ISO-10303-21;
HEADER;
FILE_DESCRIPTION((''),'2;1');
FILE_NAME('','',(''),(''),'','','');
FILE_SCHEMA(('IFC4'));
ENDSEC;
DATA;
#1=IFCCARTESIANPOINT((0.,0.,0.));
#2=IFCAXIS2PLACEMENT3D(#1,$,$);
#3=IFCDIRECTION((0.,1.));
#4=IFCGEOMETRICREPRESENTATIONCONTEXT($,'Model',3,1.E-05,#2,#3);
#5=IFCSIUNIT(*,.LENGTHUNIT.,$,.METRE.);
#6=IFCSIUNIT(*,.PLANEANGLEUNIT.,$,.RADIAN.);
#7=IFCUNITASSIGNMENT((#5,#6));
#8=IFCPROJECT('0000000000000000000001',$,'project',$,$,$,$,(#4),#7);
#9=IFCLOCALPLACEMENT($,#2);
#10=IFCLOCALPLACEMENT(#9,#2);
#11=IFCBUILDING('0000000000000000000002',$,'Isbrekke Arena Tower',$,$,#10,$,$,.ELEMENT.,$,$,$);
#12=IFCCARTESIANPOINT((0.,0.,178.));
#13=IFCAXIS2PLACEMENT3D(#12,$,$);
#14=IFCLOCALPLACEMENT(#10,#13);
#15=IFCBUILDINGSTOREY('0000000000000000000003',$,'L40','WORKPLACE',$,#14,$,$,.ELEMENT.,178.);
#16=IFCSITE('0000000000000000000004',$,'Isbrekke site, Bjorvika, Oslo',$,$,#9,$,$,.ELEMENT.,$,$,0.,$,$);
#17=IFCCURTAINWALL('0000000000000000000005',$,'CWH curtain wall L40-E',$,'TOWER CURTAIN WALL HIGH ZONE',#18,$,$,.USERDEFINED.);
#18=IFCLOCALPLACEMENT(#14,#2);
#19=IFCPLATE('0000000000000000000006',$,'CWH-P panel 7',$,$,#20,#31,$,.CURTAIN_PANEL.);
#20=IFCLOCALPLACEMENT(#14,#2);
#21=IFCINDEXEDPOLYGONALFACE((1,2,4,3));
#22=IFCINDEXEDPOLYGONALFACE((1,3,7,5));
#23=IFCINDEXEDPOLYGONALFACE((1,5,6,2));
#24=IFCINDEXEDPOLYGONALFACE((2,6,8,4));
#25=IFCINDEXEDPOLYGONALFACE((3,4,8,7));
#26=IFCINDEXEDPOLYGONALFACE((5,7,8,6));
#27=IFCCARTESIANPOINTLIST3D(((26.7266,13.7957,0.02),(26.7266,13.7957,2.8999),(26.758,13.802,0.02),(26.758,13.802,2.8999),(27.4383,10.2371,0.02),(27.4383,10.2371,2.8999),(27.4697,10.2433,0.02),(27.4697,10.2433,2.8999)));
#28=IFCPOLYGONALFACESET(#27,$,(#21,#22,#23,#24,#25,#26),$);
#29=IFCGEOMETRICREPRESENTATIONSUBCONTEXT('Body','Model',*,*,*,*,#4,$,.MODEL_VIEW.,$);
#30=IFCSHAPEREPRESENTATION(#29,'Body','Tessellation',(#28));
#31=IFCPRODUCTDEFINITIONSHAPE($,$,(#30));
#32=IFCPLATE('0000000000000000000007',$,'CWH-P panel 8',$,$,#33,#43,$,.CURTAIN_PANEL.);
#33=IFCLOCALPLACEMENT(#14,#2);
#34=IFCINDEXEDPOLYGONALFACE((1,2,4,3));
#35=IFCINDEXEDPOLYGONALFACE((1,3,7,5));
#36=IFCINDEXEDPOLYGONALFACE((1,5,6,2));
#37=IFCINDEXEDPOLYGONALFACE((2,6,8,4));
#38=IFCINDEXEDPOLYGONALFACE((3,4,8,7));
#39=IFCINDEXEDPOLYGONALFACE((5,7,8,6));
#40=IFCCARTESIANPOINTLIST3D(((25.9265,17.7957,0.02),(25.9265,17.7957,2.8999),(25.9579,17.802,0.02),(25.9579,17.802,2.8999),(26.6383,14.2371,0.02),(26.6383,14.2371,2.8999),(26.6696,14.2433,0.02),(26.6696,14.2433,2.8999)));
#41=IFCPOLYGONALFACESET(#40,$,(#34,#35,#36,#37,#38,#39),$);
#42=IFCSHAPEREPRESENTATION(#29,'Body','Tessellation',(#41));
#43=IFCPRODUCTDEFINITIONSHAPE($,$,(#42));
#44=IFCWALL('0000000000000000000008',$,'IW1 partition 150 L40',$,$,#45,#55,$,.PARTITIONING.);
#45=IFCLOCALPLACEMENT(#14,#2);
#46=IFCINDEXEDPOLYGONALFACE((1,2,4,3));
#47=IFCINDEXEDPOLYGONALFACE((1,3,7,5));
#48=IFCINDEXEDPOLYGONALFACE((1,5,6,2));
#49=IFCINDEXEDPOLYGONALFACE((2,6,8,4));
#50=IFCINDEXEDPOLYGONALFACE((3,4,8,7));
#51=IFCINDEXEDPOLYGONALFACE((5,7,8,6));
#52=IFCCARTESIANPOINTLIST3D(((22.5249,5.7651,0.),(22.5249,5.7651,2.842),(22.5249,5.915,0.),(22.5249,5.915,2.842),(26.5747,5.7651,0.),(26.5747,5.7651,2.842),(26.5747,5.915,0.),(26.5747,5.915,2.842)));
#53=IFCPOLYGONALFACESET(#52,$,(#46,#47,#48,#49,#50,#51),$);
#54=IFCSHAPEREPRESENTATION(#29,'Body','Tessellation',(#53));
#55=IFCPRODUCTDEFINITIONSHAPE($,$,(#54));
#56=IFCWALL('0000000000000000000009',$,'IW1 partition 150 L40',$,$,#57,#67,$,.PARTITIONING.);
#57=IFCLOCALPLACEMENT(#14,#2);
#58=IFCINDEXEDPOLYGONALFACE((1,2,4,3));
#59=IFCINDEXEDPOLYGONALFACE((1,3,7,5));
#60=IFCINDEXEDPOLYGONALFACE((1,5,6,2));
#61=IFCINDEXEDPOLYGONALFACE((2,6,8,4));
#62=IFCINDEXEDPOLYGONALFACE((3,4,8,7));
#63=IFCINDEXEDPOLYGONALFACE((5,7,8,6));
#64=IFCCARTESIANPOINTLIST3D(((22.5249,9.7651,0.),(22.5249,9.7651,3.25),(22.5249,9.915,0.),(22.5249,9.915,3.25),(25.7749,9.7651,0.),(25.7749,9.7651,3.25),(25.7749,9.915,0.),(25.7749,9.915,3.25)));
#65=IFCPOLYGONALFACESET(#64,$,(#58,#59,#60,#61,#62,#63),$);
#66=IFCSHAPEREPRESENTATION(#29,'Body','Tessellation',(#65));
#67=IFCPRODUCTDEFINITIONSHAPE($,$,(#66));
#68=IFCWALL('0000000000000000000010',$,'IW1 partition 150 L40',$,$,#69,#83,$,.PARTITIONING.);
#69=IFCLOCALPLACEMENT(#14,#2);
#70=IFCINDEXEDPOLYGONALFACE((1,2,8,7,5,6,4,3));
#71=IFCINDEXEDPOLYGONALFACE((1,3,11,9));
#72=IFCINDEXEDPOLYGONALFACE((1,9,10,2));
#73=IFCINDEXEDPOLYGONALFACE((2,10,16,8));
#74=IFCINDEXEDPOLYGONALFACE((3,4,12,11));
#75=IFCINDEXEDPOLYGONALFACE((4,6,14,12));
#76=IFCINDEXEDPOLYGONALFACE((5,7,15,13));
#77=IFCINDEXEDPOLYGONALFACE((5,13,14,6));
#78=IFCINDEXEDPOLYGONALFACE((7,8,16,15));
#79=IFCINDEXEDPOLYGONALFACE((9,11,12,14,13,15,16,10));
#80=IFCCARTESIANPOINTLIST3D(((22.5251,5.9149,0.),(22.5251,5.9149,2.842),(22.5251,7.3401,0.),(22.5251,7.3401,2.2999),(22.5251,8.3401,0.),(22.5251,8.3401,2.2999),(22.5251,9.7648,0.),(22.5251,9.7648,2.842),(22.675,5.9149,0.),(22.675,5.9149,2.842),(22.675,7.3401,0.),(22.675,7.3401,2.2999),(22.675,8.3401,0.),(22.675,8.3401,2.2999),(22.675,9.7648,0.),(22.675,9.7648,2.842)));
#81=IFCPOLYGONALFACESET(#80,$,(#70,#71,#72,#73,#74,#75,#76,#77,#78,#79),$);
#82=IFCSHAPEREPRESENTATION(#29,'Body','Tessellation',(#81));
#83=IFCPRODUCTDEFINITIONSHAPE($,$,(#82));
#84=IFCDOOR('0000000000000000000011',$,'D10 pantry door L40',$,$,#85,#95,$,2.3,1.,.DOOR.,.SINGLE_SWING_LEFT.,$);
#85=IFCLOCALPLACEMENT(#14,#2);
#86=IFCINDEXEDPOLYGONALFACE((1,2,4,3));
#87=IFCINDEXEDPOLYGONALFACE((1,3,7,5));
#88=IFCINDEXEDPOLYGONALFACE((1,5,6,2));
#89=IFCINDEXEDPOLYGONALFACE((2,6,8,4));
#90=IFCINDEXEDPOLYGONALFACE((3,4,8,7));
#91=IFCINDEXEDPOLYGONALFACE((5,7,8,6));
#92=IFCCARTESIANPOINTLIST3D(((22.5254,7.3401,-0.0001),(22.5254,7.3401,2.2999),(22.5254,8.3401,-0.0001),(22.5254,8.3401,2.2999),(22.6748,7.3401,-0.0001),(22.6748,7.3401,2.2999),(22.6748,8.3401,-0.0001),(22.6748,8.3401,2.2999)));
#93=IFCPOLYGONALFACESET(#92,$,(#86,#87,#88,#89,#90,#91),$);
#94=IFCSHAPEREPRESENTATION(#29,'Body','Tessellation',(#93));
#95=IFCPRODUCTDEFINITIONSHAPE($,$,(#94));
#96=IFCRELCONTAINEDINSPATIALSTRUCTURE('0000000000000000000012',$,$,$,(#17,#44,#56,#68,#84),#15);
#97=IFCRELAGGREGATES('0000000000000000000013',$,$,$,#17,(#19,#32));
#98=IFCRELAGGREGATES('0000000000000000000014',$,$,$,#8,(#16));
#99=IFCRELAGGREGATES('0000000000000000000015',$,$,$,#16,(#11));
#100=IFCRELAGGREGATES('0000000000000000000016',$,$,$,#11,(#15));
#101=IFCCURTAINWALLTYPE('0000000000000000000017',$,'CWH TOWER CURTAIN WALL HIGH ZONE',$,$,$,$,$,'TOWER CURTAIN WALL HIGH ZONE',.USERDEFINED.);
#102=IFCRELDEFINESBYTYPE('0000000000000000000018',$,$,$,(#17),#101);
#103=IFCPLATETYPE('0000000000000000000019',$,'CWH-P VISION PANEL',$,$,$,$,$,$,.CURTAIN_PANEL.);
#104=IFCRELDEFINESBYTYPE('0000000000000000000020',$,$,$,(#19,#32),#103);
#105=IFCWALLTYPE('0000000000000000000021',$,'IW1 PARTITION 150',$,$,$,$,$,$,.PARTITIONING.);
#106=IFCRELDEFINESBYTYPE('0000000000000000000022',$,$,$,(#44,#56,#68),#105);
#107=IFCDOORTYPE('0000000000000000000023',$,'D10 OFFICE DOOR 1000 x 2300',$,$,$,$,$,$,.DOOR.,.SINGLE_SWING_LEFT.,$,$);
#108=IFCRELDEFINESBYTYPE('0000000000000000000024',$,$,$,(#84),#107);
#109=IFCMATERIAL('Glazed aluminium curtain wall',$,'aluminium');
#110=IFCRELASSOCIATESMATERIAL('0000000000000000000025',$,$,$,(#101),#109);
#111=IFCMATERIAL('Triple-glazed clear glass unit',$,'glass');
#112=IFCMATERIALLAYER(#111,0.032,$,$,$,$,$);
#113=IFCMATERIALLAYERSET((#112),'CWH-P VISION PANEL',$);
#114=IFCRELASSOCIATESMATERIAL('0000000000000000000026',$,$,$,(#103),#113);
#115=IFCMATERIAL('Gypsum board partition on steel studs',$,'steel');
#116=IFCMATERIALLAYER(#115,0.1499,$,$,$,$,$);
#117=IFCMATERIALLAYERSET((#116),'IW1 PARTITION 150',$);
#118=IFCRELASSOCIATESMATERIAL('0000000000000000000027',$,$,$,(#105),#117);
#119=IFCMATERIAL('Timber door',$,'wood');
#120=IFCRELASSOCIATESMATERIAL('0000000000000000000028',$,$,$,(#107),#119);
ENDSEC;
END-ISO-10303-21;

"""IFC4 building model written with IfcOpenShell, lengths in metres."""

from ifc_helpers import new_model, si_unit, direction, frame, frame_2d, origin, origin_2d, place, context, subcontext, project, spatial, rectangle, extrude, material, layer, layer_set, type_object, element, fill, aggregate, save


model = new_model("IFC4")

# Units and contexts
model_context = context("Model", 3, precision=1e-05, world=origin(), true_north=direction((0.0, 1.0)))
body_context = subcontext(model_context, "Body", "Model", "MODEL_VIEW")
ifc_project = project(units=[si_unit("LENGTHUNIT", "METRE"), si_unit("PLANEANGLEUNIT", "RADIAN")], contexts=[model_context])

# Site, building, storey
site_placement = place(None, origin())
site = spatial("IfcSite", under=ifc_project, at=site_placement, Name="Isbrekke site, Bjorvika, Oslo", CompositionType="ELEMENT", RefElevation=0.0)
building_placement = place(site_placement, origin())
building = spatial("IfcBuilding", under=site, at=building_placement, Name="Isbrekke Arena Tower", CompositionType="ELEMENT")
storey_placement = place(building_placement, frame((0.0, 0.0, 178.0)))
storey = spatial("IfcBuildingStorey", under=building, at=storey_placement, Name="L40", Description="WORKPLACE", CompositionType="ELEMENT", Elevation=178.0)

# Curtain wall
ifc_material_1 = material(Name="Glazed aluminium curtain wall", Category="aluminium")
curtain_wall_type = type_object("IfcCurtainWallType", Name="CWH TOWER CURTAIN WALL HIGH ZONE", ElementType="TOWER CURTAIN WALL HIGH ZONE", PredefinedType="USERDEFINED", material=ifc_material_1)
curtain_wall_placement = place(storey_placement, origin())
curtain_wall = element("IfcCurtainWall", 1, at=curtain_wall_placement, inside=storey, type_object=curtain_wall_type, Name="CWH curtain wall L40-E", ObjectType="TOWER CURTAIN WALL HIGH ZONE", PredefinedType="USERDEFINED")

# Plates
ifc_material_2 = material(Name="Triple-glazed clear glass unit", Category="glass")
ifc_layer_1 = layer(ifc_material_2, 0.032)
ifc_layer_set_1 = layer_set([ifc_layer_1], Name="CWH-P VISION PANEL")
plate_type = type_object("IfcPlateType", Name="CWH-P VISION PANEL", PredefinedType="CURTAIN_PANEL", material=ifc_layer_set_1)
plate_1_placement = place(storey_placement, frame((27.0981, 12.0195, 0.02), z_axis=(0.0, 0.0, 1.0), x_axis=(-0.196116, 0.980581, 0.0)))
plate_1 = element("IfcPlate", 2, at=plate_1_placement, type_object=plate_type, Name="CWH-P panel 7", PredefinedType="CURTAIN_PANEL", context=body_context, shape_type="SweptSolid", body=[
    extrude(rectangle(XDim=3.6292, YDim=0.032, at=origin_2d()), origin(), (0.0, 0.0, 1.0), 2.8799),
])
plate_2_placement = place(storey_placement, frame((26.2981, 16.0195, 0.02), z_axis=(0.0, 0.0, 1.0), x_axis=(-0.196116, 0.980581, 0.0)))
plate_2 = element("IfcPlate", 3, at=plate_2_placement, type_object=plate_type, Name="CWH-P panel 8", PredefinedType="CURTAIN_PANEL", context=body_context, shape_type="SweptSolid", body=[
    extrude(rectangle(XDim=3.6292, YDim=0.032, at=origin_2d()), origin(), (0.0, 0.0, 1.0), 2.8799),
])
aggregate(curtain_wall, [plate_1, plate_2])

# Walls
ifc_material_3 = material(Name="Gypsum board partition on steel studs", Category="steel")
ifc_layer_2 = layer(ifc_material_3, 0.1499)
ifc_layer_set_2 = layer_set([ifc_layer_2], Name="IW1 PARTITION 150")
wall_type = type_object("IfcWallType", Name="IW1 PARTITION 150", PredefinedType="PARTITIONING", material=ifc_layer_set_2)
wall_1_placement = place(storey_placement, frame((22.5249, 5.8401, 0.0), z_axis=(0.0, 0.0, 1.0), x_axis=(1.0, 0.0, 0.0)))
element("IfcWall", 4, at=wall_1_placement, inside=storey, type_object=wall_type, Name="IW1 partition 150 L40", PredefinedType="PARTITIONING", context=body_context, shape_type="SweptSolid", body=[
    extrude(rectangle(XDim=4.0498, YDim=0.1499, at=frame_2d((2.0249, 0.0))), origin(), (0.0, 0.0, 1.0), 2.842),
])
wall_2_placement = place(storey_placement, frame((22.5249, 9.8401, 0.0), z_axis=(0.0, 0.0, 1.0), x_axis=(1.0, 0.0, 0.0)))
element("IfcWall", 5, at=wall_2_placement, inside=storey, type_object=wall_type, Name="IW1 partition 150 L40", PredefinedType="PARTITIONING", context=body_context, shape_type="SweptSolid", body=[
    extrude(rectangle(XDim=3.25, YDim=0.1499, at=frame_2d((1.625, 0.0))), origin(), (0.0, 0.0, 1.0), 3.25),
])

# Wall, opening, door
wall_3_placement = place(storey_placement, frame((22.6001, 5.915, 0.0), z_axis=(0.0, 0.0, 1.0), x_axis=(0.0, 1.0, 0.0)))
wall_3 = element("IfcWall", 6, at=wall_3_placement, inside=storey, type_object=wall_type, Name="IW1 partition 150 L40", PredefinedType="PARTITIONING", context=body_context, shape_type="SweptSolid", body=[
    extrude(rectangle(XDim=3.8499, YDim=0.1499, at=frame_2d((1.9248, 0.0))), origin(), (0.0, 0.0, 1.0), 2.842),
])
opening_placement = place(wall_3_placement, frame((1.425, 0.0, 0.0)))
opening = element("IfcOpeningElement", 7, at=opening_placement, cuts=wall_3, PredefinedType="OPENING", context=body_context, shape_type="SweptSolid", body=[
    extrude(rectangle(XDim=1.0, YDim=2.3, at=frame_2d((0.5, 1.1499))), frame((0.0, 0.0898, 0.0), z_axis=(0.0, -1.0, 0.0), x_axis=(1.0, 0.0, 0.0)), (0.0, 0.0, 1.0), 0.1797),
])
ifc_material_4 = material(Name="Timber door", Category="wood")
door_type = type_object("IfcDoorType", Name="D10 OFFICE DOOR 1000 x 2300", OperationType="SINGLE_SWING_LEFT", PredefinedType="DOOR", material=ifc_material_4)
door_placement = place(opening_placement, origin())
door = element("IfcDoor", 8, at=door_placement, inside=storey, type_object=door_type, Name="D10 pantry door L40", OperationType="SINGLE_SWING_LEFT", OverallHeight=2.3, OverallWidth=1.0, PredefinedType="DOOR", context=body_context, shape_type="SweptSolid", body=[
    extrude(rectangle(XDim=1.0, YDim=2.3, at=frame_2d((0.5, 1.1499))), frame((0.0, 0.0747, 0.0), z_axis=(0.0, -1.0, 0.0), x_axis=(1.0, 0.0, 0.0)), (0.0, 0.0, 1.0), 0.1494),
])
fill(opening, door)

save(model, "model.ifc")
